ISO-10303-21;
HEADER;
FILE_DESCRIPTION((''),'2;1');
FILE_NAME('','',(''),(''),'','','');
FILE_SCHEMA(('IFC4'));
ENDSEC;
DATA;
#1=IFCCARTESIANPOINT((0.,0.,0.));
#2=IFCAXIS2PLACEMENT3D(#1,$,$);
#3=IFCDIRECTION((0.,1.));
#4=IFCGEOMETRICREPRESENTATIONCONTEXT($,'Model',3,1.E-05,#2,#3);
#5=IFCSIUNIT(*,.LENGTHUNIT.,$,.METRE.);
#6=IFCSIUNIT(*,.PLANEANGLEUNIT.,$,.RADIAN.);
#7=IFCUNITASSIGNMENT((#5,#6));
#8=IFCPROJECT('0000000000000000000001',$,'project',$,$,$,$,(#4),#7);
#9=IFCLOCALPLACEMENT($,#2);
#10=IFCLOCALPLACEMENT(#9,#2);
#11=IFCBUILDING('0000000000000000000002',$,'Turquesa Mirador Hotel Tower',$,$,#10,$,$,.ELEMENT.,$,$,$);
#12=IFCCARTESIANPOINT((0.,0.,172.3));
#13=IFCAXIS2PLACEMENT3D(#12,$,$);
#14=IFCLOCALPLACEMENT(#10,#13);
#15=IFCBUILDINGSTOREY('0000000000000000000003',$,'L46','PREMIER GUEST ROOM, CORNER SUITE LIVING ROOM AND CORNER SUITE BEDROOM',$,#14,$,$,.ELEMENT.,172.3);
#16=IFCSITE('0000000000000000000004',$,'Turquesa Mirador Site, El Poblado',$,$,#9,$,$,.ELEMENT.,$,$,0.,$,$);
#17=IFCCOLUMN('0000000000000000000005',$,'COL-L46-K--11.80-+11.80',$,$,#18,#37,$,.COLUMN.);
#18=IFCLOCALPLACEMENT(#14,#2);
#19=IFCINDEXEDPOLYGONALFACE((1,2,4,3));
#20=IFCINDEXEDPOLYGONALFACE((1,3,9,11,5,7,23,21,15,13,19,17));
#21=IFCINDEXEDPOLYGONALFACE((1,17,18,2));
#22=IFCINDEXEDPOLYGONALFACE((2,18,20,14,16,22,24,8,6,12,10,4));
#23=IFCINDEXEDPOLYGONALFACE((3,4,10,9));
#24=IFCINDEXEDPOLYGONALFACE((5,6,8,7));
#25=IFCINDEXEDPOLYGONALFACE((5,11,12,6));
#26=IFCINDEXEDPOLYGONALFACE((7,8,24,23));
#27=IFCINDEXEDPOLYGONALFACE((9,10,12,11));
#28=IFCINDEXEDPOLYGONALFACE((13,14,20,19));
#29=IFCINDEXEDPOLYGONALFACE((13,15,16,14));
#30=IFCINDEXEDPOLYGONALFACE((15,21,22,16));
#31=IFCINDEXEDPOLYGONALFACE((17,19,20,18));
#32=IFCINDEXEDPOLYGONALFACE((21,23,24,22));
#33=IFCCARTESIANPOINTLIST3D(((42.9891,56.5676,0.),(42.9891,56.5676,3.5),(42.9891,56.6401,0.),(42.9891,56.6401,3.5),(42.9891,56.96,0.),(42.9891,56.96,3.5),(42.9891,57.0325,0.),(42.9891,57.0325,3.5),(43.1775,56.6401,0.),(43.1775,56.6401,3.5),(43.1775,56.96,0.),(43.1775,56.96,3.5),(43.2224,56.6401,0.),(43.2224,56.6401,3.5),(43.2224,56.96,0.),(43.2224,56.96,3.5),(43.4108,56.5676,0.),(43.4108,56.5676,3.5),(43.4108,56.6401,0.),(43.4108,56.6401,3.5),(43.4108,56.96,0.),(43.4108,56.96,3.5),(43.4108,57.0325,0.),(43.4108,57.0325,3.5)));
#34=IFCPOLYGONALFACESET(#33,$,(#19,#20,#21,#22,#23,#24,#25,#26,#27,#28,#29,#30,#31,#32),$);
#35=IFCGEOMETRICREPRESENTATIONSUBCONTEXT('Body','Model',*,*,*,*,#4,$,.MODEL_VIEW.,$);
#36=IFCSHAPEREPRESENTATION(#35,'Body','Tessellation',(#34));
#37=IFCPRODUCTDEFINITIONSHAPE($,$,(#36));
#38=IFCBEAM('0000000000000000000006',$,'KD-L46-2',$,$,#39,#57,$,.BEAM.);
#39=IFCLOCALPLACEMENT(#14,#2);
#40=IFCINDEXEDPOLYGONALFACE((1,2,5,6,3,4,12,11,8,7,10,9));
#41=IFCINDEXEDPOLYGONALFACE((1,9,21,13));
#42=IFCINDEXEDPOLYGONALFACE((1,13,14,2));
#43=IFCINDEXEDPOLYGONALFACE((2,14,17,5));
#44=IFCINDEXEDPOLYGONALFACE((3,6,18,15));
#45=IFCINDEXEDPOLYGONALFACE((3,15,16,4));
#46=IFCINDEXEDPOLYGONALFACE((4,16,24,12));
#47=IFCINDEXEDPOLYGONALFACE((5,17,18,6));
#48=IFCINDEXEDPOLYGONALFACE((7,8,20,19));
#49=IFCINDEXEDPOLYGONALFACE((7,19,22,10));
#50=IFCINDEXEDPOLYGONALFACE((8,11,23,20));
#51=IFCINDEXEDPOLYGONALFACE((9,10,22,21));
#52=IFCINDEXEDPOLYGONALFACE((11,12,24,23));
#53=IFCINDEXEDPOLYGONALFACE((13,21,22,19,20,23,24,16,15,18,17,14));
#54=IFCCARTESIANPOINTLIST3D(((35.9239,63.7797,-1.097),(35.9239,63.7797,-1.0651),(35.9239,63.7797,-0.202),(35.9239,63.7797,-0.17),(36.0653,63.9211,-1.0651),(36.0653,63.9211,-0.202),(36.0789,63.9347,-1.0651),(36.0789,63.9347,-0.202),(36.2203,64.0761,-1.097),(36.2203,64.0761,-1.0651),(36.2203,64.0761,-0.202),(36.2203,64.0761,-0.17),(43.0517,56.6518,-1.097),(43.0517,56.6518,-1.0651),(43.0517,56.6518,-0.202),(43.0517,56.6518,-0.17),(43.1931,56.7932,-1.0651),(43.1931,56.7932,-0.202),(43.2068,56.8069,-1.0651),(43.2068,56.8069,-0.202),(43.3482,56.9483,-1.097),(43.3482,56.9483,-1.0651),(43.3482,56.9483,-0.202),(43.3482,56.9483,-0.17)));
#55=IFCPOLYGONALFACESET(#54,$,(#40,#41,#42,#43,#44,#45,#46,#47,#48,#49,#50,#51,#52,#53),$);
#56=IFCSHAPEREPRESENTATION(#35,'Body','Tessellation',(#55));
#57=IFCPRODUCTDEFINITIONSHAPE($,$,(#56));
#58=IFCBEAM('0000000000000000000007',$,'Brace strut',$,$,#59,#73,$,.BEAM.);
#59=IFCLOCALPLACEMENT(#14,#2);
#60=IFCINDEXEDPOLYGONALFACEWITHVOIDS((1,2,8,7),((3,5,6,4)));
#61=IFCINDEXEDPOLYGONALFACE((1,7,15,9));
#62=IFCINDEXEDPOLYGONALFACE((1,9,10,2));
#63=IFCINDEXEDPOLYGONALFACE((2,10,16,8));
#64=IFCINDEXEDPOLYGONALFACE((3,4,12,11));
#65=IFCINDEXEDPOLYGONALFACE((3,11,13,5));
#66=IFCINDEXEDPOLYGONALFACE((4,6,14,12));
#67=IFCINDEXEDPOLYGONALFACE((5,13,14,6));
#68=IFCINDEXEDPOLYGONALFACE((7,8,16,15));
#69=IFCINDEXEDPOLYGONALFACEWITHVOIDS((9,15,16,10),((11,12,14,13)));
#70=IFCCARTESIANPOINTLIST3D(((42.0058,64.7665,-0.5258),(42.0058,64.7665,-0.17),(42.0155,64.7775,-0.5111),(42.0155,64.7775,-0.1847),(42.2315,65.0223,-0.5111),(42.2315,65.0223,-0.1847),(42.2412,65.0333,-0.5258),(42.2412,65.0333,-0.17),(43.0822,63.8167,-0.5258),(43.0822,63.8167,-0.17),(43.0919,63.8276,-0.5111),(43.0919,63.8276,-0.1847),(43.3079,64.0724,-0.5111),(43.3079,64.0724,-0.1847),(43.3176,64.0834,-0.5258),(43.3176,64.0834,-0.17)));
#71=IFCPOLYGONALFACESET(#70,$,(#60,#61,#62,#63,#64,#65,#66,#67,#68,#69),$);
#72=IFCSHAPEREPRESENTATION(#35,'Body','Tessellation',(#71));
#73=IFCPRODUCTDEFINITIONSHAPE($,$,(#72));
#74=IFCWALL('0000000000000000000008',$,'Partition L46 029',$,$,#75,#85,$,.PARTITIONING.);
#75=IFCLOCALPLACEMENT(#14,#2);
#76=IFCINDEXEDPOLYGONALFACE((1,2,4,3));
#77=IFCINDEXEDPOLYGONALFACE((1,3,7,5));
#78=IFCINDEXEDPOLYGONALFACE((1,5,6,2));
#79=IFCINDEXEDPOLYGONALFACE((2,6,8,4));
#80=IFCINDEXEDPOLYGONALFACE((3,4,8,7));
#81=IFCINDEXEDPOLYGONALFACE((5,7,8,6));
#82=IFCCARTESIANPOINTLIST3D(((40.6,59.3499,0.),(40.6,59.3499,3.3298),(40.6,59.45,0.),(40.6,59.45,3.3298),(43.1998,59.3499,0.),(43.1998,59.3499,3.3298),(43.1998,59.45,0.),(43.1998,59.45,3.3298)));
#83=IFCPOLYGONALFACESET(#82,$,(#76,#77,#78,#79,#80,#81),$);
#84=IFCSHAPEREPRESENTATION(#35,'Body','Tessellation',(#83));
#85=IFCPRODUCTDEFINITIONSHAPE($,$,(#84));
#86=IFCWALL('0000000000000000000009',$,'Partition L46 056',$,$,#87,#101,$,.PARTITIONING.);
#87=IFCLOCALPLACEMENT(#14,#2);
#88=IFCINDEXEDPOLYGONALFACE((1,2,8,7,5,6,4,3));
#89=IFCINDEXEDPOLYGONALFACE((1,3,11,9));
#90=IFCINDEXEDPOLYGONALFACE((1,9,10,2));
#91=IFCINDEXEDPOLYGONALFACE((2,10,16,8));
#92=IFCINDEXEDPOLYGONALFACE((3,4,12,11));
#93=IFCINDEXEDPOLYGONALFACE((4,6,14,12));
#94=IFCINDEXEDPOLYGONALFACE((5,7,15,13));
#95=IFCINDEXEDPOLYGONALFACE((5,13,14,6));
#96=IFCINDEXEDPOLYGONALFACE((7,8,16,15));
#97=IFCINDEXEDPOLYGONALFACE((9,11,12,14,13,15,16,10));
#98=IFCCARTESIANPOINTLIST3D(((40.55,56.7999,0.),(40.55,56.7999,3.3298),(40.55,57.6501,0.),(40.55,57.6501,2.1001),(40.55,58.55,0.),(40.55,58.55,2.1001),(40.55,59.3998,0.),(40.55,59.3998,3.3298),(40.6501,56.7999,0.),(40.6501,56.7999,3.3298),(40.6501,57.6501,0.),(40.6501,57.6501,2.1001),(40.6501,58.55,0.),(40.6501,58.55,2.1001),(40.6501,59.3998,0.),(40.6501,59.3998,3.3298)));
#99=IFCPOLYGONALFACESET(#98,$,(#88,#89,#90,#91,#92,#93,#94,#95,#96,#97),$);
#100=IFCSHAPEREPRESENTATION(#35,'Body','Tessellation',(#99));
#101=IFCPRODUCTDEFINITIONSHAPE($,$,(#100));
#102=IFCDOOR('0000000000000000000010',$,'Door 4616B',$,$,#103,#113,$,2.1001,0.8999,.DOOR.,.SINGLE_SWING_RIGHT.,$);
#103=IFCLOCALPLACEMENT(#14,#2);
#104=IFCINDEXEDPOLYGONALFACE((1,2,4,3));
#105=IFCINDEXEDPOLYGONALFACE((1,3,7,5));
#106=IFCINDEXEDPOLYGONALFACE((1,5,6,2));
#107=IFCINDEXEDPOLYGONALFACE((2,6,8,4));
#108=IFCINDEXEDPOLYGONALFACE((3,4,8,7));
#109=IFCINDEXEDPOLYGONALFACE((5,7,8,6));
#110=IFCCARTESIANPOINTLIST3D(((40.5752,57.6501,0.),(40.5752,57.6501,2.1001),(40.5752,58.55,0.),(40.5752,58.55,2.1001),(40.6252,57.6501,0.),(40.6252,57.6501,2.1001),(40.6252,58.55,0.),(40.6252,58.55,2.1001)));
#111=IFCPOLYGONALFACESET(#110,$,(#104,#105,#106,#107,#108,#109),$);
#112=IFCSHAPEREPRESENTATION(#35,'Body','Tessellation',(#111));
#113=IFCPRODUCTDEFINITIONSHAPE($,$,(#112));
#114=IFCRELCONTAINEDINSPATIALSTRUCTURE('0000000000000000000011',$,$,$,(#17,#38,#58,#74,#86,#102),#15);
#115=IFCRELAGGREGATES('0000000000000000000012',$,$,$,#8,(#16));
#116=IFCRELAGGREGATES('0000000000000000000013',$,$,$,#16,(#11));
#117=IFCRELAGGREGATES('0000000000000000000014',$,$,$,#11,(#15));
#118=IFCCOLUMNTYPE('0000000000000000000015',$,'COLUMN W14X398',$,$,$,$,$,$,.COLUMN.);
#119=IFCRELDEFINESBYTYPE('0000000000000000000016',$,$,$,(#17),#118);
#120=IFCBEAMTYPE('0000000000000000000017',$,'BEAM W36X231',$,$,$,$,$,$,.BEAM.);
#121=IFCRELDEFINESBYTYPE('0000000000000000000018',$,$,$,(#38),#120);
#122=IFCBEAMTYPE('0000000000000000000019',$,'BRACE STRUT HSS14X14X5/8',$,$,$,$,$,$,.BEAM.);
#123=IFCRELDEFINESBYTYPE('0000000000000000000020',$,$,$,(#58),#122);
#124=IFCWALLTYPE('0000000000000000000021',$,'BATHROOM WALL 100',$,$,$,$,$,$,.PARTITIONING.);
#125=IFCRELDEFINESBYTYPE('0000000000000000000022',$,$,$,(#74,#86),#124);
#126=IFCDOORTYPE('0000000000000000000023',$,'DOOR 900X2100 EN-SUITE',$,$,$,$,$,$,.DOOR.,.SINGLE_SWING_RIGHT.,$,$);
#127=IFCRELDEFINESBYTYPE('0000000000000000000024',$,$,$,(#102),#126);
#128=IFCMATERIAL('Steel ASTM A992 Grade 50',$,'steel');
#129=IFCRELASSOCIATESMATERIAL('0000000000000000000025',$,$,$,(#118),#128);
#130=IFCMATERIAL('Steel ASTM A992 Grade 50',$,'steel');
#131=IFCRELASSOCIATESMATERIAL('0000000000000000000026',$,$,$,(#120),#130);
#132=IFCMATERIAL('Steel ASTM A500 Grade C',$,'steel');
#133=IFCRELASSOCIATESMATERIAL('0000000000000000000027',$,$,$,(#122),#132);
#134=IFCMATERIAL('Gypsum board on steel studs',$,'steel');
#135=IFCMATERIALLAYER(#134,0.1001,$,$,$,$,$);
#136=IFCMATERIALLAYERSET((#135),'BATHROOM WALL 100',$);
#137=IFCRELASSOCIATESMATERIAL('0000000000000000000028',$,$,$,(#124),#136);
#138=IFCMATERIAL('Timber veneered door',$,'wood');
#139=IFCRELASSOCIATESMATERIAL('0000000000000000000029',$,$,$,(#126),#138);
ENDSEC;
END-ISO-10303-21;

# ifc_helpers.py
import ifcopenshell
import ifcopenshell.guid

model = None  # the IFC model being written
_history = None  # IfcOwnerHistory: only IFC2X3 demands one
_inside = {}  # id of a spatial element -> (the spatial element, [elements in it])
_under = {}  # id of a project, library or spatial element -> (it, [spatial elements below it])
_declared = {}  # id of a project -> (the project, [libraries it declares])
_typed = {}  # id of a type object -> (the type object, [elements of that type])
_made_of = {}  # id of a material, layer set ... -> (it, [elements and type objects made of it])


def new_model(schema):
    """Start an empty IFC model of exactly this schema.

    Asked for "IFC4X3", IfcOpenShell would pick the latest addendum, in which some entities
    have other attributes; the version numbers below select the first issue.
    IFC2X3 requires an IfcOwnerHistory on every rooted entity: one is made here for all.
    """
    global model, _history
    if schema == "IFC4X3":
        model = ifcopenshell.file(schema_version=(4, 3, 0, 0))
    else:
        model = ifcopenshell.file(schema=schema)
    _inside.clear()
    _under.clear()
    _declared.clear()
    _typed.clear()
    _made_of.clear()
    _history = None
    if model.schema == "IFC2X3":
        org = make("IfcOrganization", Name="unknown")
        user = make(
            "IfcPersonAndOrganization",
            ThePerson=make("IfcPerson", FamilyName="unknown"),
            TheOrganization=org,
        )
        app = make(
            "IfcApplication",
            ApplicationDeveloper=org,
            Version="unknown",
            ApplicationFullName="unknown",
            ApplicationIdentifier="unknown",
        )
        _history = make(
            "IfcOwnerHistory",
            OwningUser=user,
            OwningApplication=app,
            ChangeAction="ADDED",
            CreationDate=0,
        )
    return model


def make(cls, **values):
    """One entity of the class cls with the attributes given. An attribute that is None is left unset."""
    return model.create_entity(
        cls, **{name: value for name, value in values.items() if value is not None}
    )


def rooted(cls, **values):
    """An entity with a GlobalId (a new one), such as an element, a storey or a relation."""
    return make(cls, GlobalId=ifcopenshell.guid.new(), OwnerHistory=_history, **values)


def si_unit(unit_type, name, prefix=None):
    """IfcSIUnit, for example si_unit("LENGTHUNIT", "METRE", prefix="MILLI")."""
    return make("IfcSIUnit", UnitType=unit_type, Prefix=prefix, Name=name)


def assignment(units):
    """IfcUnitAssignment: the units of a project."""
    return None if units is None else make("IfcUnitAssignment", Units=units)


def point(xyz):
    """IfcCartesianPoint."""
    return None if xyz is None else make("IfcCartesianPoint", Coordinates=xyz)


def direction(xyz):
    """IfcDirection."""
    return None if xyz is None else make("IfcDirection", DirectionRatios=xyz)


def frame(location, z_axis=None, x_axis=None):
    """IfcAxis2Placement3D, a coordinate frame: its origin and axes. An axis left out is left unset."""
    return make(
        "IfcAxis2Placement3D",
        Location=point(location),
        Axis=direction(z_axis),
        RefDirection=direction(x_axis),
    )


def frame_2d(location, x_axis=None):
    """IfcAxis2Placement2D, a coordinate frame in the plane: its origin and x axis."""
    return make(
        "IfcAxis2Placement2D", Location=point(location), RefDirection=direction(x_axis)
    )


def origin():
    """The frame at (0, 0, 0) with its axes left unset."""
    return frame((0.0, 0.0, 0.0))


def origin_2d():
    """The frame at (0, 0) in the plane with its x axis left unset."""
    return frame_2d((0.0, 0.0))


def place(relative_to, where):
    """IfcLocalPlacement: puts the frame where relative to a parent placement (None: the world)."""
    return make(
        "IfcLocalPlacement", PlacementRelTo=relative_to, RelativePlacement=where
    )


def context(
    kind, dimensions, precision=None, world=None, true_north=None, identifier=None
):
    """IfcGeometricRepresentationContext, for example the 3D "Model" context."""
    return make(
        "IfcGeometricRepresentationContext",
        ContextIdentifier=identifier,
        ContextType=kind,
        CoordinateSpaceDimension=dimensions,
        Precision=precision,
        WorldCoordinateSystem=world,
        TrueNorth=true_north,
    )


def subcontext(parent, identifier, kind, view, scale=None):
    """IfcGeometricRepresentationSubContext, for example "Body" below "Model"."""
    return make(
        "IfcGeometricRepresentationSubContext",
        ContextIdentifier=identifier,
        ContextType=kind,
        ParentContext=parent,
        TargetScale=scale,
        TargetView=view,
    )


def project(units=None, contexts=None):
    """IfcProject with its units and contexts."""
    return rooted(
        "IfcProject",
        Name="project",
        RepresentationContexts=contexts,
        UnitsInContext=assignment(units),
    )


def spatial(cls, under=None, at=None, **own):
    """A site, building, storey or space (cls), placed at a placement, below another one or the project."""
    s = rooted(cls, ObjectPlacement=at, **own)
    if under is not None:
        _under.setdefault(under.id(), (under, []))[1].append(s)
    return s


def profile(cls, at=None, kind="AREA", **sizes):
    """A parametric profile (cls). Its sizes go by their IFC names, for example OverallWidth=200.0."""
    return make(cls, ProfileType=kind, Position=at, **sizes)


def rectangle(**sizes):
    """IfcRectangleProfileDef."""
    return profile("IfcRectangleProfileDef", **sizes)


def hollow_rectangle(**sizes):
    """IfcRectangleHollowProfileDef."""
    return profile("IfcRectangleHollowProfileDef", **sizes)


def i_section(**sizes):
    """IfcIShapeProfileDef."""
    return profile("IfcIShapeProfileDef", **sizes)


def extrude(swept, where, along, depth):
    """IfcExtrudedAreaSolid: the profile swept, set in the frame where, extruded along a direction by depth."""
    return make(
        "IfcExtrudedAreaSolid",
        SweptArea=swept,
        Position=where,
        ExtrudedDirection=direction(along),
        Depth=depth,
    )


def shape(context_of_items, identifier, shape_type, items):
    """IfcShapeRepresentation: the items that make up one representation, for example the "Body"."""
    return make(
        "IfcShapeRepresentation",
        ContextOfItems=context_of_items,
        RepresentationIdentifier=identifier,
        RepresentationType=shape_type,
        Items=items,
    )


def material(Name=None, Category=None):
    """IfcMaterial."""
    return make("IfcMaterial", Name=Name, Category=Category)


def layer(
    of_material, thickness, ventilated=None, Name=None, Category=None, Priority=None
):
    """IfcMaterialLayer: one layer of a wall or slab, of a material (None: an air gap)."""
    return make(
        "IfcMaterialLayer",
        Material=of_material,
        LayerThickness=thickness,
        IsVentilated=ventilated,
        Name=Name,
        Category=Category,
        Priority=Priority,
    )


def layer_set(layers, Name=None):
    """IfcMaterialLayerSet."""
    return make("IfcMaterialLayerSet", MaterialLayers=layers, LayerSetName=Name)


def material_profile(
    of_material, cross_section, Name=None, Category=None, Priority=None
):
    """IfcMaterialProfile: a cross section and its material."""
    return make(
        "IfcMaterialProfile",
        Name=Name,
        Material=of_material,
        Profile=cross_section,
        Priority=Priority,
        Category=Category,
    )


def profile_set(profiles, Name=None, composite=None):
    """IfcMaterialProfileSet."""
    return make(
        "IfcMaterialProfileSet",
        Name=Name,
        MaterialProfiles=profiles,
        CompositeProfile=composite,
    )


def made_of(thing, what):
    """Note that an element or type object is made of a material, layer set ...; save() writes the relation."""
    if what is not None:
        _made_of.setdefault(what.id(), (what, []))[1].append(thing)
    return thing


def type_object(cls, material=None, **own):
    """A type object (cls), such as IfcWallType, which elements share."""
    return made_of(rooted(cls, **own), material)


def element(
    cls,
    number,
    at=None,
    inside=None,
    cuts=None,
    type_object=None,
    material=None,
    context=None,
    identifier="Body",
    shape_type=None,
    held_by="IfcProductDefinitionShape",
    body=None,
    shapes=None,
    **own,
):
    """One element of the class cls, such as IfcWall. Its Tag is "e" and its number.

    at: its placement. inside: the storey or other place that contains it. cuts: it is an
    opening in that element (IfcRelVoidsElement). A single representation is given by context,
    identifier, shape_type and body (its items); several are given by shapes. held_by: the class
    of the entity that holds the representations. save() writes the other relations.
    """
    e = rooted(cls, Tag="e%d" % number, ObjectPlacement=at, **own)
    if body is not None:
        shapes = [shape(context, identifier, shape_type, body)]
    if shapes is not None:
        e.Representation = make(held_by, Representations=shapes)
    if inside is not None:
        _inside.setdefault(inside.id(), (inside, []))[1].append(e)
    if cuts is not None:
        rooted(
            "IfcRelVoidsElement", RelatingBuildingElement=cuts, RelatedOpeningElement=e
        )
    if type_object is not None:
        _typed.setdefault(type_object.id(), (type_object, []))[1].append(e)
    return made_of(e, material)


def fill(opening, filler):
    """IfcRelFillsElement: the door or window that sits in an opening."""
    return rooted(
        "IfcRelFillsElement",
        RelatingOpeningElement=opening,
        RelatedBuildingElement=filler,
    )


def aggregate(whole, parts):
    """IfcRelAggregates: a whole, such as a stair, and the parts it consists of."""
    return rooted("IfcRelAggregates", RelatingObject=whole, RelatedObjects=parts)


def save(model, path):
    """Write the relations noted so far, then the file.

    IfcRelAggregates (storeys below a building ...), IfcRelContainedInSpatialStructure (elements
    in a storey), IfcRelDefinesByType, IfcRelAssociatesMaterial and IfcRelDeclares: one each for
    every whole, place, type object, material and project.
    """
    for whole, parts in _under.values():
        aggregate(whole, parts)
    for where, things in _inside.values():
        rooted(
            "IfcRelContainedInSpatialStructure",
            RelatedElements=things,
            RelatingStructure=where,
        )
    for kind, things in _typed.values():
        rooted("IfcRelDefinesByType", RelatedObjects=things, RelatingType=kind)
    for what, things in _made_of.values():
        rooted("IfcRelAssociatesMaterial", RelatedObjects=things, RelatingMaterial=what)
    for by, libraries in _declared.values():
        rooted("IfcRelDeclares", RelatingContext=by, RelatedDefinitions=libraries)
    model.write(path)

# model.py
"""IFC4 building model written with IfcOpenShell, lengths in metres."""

from ifc_helpers import new_model, si_unit, direction, frame, frame_2d, origin, origin_2d, place, context, subcontext, project, spatial, rectangle, hollow_rectangle, i_section, extrude, material, layer, layer_set, material_profile, profile_set, type_object, element, fill, save


model = new_model("IFC4")

# Units and contexts
model_context = context("Model", 3, precision=1e-05, world=origin(), true_north=direction((0.0, 1.0)))
body_context = subcontext(model_context, "Body", "Model", "MODEL_VIEW")
ifc_project = project(units=[si_unit("LENGTHUNIT", "METRE"), si_unit("PLANEANGLEUNIT", "RADIAN")], contexts=[model_context])

# Site, building, storey
site_placement = place(None, origin())
site = spatial("IfcSite", under=ifc_project, at=site_placement, Name="Turquesa Mirador Site, El Poblado", CompositionType="ELEMENT", RefElevation=0.0)
building_placement = place(site_placement, origin())
building = spatial("IfcBuilding", under=site, at=building_placement, Name="Turquesa Mirador Hotel Tower", CompositionType="ELEMENT")
storey_placement = place(building_placement, frame((0.0, 0.0, 172.3)))
storey = spatial("IfcBuildingStorey", under=building, at=storey_placement, Name="L46", Description="PREMIER GUEST ROOM, CORNER SUITE LIVING ROOM AND CORNER SUITE BEDROOM", CompositionType="ELEMENT", Elevation=172.3)

# Column
ifc_material_1 = material(Name="Steel ASTM A992 Grade 50", Category="steel")
ifc_material_profile_1 = material_profile(ifc_material_1, i_section(OverallWidth=0.4216, OverallDepth=0.4648, WebThickness=0.0449, FlangeThickness=0.0725, at=origin_2d()), Name="W14X398")
ifc_profile_set_1 = profile_set([ifc_material_profile_1], Name="Steel ASTM A992 Grade 50")
column_type = type_object("IfcColumnType", Name="COLUMN W14X398", PredefinedType="COLUMN", material=ifc_profile_set_1)
column_placement = place(storey_placement, frame((43.2, 56.8, 0.0), z_axis=(0.0, 0.0, 1.0), x_axis=(1.0, 0.0, 0.0)))
element("IfcColumn", 1, at=column_placement, inside=storey, type_object=column_type, Name="COL-L46-K--11.80-+11.80", PredefinedType="COLUMN", context=body_context, shape_type="SweptSolid", body=[
    extrude(i_section(OverallWidth=0.4216, OverallDepth=0.4648, WebThickness=0.0449, FlangeThickness=0.0725, at=origin_2d()), origin(), (0.0, 0.0, 1.0), 3.5),
])

# Beams
ifc_material_2 = material(Name="Steel ASTM A992 Grade 50", Category="steel")
ifc_material_profile_2 = material_profile(ifc_material_2, i_section(OverallWidth=0.4192, OverallDepth=0.927, WebThickness=0.0193, FlangeThickness=0.032, at=origin_2d()), Name="W36X231")
ifc_profile_set_2 = profile_set([ifc_material_profile_2], Name="Steel ASTM A992 Grade 50")
beam_type_1 = type_object("IfcBeamType", Name="BEAM W36X231", PredefinedType="BEAM", material=ifc_profile_set_2)
beam_1_placement = place(storey_placement, frame((43.2, 56.8, -0.6335), z_axis=(-0.707107, 0.707107, 0.0), x_axis=(-0.707107, -0.707107, 0.0)))
element("IfcBeam", 2, at=beam_1_placement, inside=storey, type_object=beam_type_1, Name="KD-L46-2", PredefinedType="BEAM", context=body_context, shape_type="SweptSolid", body=[
    extrude(i_section(OverallWidth=0.4192, OverallDepth=0.927, WebThickness=0.0193, FlangeThickness=0.032, at=origin_2d()), origin(), (0.0, 0.0, 1.0), 10.0803),
])
ifc_material_3 = material(Name="Steel ASTM A500 Grade C", Category="steel")
ifc_material_profile_3 = material_profile(ifc_material_3, hollow_rectangle(XDim=0.3557, YDim=0.3557, WallThickness=0.0146, at=origin_2d()), Name="HSS14X14X5/8")
ifc_profile_set_3 = profile_set([ifc_material_profile_3], Name="Steel ASTM A500 Grade C")
beam_type_2 = type_object("IfcBeamType", Name="BRACE STRUT HSS14X14X5/8", PredefinedType="BEAM", material=ifc_profile_set_3)
beam_2_placement = place(storey_placement, frame((42.1235, 64.8999, -0.3479), z_axis=(0.749778, -0.661689, 0.0), x_axis=(0.661689, 0.749778, 0.0)))
element("IfcBeam", 3, at=beam_2_placement, inside=storey, type_object=beam_type_2, Name="Brace strut", PredefinedType="BEAM", context=body_context, shape_type="SweptSolid", body=[
    extrude(hollow_rectangle(XDim=0.3557, YDim=0.3557, WallThickness=0.0146, at=origin_2d()), origin(), (0.0, 0.0, 1.0), 1.4355),
])

# Wall
ifc_material_4 = material(Name="Gypsum board on steel studs", Category="steel")
ifc_layer_1 = layer(ifc_material_4, 0.1001)
ifc_layer_set_1 = layer_set([ifc_layer_1], Name="BATHROOM WALL 100")
wall_type_1 = type_object("IfcWallType", Name="BATHROOM WALL 100", PredefinedType="PARTITIONING", material=ifc_layer_set_1)
wall_1_placement = place(storey_placement, frame((40.6001, 59.3999, 0.0), z_axis=(0.0, 0.0, 1.0), x_axis=(1.0, 0.0, 0.0)))
element("IfcWall", 4, at=wall_1_placement, inside=storey, type_object=wall_type_1, Name="Partition L46 029", PredefinedType="PARTITIONING", context=body_context, shape_type="SweptSolid", body=[
    extrude(rectangle(XDim=2.5999, YDim=0.1001, at=frame_2d((1.2998, 0.0))), origin(), (0.0, 0.0, 1.0), 3.3298),
])

# Wall, opening, door
wall_2_placement = place(storey_placement, frame((40.6001, 56.8, 0.0), z_axis=(0.0, 0.0, 1.0), x_axis=(0.0, 1.0, 0.0)))
wall_2 = element("IfcWall", 5, at=wall_2_placement, inside=storey, type_object=wall_type_1, Name="Partition L46 056", PredefinedType="PARTITIONING", context=body_context, shape_type="SweptSolid", body=[
    extrude(rectangle(XDim=2.5999, YDim=0.1001, at=frame_2d((1.2998, 0.0))), origin(), (0.0, 0.0, 1.0), 3.3298),
])
opening_1_placement = place(wall_2_placement, frame((0.8501, 0.0, 0.0)))
opening_1 = element("IfcOpeningElement", 6, at=opening_1_placement, cuts=wall_2, PredefinedType="OPENING", context=body_context, shape_type="SweptSolid", body=[
    extrude(rectangle(XDim=0.8999, YDim=2.1001, at=frame_2d((0.45, 1.05))), frame((0.0, 0.0601, 0.0), z_axis=(0.0, -1.0, 0.0), x_axis=(1.0, 0.0, 0.0)), (0.0, 0.0, 1.0), 0.1201),
])
ifc_material_5 = material(Name="Timber veneered door", Category="wood")
door_type_1 = type_object("IfcDoorType", Name="DOOR 900X2100 EN-SUITE", OperationType="SINGLE_SWING_RIGHT", PredefinedType="DOOR", material=ifc_material_5)
door_1_placement = place(opening_1_placement, origin())
door_1 = element("IfcDoor", 7, at=door_1_placement, inside=storey, type_object=door_type_1, Name="Door 4616B", OperationType="SINGLE_SWING_RIGHT", OverallHeight=2.1001, OverallWidth=0.8999, PredefinedType="DOOR", context=body_context, shape_type="SweptSolid", body=[
    extrude(rectangle(XDim=0.8999, YDim=2.1001, at=frame_2d((0.45, 1.05))), frame((0.0, 0.0249, 0.0), z_axis=(0.0, -1.0, 0.0), x_axis=(1.0, 0.0, 0.0)), (0.0, 0.0, 1.0), 0.05),
])
fill(opening_1, door_1)

save(model, "model.ifc")
